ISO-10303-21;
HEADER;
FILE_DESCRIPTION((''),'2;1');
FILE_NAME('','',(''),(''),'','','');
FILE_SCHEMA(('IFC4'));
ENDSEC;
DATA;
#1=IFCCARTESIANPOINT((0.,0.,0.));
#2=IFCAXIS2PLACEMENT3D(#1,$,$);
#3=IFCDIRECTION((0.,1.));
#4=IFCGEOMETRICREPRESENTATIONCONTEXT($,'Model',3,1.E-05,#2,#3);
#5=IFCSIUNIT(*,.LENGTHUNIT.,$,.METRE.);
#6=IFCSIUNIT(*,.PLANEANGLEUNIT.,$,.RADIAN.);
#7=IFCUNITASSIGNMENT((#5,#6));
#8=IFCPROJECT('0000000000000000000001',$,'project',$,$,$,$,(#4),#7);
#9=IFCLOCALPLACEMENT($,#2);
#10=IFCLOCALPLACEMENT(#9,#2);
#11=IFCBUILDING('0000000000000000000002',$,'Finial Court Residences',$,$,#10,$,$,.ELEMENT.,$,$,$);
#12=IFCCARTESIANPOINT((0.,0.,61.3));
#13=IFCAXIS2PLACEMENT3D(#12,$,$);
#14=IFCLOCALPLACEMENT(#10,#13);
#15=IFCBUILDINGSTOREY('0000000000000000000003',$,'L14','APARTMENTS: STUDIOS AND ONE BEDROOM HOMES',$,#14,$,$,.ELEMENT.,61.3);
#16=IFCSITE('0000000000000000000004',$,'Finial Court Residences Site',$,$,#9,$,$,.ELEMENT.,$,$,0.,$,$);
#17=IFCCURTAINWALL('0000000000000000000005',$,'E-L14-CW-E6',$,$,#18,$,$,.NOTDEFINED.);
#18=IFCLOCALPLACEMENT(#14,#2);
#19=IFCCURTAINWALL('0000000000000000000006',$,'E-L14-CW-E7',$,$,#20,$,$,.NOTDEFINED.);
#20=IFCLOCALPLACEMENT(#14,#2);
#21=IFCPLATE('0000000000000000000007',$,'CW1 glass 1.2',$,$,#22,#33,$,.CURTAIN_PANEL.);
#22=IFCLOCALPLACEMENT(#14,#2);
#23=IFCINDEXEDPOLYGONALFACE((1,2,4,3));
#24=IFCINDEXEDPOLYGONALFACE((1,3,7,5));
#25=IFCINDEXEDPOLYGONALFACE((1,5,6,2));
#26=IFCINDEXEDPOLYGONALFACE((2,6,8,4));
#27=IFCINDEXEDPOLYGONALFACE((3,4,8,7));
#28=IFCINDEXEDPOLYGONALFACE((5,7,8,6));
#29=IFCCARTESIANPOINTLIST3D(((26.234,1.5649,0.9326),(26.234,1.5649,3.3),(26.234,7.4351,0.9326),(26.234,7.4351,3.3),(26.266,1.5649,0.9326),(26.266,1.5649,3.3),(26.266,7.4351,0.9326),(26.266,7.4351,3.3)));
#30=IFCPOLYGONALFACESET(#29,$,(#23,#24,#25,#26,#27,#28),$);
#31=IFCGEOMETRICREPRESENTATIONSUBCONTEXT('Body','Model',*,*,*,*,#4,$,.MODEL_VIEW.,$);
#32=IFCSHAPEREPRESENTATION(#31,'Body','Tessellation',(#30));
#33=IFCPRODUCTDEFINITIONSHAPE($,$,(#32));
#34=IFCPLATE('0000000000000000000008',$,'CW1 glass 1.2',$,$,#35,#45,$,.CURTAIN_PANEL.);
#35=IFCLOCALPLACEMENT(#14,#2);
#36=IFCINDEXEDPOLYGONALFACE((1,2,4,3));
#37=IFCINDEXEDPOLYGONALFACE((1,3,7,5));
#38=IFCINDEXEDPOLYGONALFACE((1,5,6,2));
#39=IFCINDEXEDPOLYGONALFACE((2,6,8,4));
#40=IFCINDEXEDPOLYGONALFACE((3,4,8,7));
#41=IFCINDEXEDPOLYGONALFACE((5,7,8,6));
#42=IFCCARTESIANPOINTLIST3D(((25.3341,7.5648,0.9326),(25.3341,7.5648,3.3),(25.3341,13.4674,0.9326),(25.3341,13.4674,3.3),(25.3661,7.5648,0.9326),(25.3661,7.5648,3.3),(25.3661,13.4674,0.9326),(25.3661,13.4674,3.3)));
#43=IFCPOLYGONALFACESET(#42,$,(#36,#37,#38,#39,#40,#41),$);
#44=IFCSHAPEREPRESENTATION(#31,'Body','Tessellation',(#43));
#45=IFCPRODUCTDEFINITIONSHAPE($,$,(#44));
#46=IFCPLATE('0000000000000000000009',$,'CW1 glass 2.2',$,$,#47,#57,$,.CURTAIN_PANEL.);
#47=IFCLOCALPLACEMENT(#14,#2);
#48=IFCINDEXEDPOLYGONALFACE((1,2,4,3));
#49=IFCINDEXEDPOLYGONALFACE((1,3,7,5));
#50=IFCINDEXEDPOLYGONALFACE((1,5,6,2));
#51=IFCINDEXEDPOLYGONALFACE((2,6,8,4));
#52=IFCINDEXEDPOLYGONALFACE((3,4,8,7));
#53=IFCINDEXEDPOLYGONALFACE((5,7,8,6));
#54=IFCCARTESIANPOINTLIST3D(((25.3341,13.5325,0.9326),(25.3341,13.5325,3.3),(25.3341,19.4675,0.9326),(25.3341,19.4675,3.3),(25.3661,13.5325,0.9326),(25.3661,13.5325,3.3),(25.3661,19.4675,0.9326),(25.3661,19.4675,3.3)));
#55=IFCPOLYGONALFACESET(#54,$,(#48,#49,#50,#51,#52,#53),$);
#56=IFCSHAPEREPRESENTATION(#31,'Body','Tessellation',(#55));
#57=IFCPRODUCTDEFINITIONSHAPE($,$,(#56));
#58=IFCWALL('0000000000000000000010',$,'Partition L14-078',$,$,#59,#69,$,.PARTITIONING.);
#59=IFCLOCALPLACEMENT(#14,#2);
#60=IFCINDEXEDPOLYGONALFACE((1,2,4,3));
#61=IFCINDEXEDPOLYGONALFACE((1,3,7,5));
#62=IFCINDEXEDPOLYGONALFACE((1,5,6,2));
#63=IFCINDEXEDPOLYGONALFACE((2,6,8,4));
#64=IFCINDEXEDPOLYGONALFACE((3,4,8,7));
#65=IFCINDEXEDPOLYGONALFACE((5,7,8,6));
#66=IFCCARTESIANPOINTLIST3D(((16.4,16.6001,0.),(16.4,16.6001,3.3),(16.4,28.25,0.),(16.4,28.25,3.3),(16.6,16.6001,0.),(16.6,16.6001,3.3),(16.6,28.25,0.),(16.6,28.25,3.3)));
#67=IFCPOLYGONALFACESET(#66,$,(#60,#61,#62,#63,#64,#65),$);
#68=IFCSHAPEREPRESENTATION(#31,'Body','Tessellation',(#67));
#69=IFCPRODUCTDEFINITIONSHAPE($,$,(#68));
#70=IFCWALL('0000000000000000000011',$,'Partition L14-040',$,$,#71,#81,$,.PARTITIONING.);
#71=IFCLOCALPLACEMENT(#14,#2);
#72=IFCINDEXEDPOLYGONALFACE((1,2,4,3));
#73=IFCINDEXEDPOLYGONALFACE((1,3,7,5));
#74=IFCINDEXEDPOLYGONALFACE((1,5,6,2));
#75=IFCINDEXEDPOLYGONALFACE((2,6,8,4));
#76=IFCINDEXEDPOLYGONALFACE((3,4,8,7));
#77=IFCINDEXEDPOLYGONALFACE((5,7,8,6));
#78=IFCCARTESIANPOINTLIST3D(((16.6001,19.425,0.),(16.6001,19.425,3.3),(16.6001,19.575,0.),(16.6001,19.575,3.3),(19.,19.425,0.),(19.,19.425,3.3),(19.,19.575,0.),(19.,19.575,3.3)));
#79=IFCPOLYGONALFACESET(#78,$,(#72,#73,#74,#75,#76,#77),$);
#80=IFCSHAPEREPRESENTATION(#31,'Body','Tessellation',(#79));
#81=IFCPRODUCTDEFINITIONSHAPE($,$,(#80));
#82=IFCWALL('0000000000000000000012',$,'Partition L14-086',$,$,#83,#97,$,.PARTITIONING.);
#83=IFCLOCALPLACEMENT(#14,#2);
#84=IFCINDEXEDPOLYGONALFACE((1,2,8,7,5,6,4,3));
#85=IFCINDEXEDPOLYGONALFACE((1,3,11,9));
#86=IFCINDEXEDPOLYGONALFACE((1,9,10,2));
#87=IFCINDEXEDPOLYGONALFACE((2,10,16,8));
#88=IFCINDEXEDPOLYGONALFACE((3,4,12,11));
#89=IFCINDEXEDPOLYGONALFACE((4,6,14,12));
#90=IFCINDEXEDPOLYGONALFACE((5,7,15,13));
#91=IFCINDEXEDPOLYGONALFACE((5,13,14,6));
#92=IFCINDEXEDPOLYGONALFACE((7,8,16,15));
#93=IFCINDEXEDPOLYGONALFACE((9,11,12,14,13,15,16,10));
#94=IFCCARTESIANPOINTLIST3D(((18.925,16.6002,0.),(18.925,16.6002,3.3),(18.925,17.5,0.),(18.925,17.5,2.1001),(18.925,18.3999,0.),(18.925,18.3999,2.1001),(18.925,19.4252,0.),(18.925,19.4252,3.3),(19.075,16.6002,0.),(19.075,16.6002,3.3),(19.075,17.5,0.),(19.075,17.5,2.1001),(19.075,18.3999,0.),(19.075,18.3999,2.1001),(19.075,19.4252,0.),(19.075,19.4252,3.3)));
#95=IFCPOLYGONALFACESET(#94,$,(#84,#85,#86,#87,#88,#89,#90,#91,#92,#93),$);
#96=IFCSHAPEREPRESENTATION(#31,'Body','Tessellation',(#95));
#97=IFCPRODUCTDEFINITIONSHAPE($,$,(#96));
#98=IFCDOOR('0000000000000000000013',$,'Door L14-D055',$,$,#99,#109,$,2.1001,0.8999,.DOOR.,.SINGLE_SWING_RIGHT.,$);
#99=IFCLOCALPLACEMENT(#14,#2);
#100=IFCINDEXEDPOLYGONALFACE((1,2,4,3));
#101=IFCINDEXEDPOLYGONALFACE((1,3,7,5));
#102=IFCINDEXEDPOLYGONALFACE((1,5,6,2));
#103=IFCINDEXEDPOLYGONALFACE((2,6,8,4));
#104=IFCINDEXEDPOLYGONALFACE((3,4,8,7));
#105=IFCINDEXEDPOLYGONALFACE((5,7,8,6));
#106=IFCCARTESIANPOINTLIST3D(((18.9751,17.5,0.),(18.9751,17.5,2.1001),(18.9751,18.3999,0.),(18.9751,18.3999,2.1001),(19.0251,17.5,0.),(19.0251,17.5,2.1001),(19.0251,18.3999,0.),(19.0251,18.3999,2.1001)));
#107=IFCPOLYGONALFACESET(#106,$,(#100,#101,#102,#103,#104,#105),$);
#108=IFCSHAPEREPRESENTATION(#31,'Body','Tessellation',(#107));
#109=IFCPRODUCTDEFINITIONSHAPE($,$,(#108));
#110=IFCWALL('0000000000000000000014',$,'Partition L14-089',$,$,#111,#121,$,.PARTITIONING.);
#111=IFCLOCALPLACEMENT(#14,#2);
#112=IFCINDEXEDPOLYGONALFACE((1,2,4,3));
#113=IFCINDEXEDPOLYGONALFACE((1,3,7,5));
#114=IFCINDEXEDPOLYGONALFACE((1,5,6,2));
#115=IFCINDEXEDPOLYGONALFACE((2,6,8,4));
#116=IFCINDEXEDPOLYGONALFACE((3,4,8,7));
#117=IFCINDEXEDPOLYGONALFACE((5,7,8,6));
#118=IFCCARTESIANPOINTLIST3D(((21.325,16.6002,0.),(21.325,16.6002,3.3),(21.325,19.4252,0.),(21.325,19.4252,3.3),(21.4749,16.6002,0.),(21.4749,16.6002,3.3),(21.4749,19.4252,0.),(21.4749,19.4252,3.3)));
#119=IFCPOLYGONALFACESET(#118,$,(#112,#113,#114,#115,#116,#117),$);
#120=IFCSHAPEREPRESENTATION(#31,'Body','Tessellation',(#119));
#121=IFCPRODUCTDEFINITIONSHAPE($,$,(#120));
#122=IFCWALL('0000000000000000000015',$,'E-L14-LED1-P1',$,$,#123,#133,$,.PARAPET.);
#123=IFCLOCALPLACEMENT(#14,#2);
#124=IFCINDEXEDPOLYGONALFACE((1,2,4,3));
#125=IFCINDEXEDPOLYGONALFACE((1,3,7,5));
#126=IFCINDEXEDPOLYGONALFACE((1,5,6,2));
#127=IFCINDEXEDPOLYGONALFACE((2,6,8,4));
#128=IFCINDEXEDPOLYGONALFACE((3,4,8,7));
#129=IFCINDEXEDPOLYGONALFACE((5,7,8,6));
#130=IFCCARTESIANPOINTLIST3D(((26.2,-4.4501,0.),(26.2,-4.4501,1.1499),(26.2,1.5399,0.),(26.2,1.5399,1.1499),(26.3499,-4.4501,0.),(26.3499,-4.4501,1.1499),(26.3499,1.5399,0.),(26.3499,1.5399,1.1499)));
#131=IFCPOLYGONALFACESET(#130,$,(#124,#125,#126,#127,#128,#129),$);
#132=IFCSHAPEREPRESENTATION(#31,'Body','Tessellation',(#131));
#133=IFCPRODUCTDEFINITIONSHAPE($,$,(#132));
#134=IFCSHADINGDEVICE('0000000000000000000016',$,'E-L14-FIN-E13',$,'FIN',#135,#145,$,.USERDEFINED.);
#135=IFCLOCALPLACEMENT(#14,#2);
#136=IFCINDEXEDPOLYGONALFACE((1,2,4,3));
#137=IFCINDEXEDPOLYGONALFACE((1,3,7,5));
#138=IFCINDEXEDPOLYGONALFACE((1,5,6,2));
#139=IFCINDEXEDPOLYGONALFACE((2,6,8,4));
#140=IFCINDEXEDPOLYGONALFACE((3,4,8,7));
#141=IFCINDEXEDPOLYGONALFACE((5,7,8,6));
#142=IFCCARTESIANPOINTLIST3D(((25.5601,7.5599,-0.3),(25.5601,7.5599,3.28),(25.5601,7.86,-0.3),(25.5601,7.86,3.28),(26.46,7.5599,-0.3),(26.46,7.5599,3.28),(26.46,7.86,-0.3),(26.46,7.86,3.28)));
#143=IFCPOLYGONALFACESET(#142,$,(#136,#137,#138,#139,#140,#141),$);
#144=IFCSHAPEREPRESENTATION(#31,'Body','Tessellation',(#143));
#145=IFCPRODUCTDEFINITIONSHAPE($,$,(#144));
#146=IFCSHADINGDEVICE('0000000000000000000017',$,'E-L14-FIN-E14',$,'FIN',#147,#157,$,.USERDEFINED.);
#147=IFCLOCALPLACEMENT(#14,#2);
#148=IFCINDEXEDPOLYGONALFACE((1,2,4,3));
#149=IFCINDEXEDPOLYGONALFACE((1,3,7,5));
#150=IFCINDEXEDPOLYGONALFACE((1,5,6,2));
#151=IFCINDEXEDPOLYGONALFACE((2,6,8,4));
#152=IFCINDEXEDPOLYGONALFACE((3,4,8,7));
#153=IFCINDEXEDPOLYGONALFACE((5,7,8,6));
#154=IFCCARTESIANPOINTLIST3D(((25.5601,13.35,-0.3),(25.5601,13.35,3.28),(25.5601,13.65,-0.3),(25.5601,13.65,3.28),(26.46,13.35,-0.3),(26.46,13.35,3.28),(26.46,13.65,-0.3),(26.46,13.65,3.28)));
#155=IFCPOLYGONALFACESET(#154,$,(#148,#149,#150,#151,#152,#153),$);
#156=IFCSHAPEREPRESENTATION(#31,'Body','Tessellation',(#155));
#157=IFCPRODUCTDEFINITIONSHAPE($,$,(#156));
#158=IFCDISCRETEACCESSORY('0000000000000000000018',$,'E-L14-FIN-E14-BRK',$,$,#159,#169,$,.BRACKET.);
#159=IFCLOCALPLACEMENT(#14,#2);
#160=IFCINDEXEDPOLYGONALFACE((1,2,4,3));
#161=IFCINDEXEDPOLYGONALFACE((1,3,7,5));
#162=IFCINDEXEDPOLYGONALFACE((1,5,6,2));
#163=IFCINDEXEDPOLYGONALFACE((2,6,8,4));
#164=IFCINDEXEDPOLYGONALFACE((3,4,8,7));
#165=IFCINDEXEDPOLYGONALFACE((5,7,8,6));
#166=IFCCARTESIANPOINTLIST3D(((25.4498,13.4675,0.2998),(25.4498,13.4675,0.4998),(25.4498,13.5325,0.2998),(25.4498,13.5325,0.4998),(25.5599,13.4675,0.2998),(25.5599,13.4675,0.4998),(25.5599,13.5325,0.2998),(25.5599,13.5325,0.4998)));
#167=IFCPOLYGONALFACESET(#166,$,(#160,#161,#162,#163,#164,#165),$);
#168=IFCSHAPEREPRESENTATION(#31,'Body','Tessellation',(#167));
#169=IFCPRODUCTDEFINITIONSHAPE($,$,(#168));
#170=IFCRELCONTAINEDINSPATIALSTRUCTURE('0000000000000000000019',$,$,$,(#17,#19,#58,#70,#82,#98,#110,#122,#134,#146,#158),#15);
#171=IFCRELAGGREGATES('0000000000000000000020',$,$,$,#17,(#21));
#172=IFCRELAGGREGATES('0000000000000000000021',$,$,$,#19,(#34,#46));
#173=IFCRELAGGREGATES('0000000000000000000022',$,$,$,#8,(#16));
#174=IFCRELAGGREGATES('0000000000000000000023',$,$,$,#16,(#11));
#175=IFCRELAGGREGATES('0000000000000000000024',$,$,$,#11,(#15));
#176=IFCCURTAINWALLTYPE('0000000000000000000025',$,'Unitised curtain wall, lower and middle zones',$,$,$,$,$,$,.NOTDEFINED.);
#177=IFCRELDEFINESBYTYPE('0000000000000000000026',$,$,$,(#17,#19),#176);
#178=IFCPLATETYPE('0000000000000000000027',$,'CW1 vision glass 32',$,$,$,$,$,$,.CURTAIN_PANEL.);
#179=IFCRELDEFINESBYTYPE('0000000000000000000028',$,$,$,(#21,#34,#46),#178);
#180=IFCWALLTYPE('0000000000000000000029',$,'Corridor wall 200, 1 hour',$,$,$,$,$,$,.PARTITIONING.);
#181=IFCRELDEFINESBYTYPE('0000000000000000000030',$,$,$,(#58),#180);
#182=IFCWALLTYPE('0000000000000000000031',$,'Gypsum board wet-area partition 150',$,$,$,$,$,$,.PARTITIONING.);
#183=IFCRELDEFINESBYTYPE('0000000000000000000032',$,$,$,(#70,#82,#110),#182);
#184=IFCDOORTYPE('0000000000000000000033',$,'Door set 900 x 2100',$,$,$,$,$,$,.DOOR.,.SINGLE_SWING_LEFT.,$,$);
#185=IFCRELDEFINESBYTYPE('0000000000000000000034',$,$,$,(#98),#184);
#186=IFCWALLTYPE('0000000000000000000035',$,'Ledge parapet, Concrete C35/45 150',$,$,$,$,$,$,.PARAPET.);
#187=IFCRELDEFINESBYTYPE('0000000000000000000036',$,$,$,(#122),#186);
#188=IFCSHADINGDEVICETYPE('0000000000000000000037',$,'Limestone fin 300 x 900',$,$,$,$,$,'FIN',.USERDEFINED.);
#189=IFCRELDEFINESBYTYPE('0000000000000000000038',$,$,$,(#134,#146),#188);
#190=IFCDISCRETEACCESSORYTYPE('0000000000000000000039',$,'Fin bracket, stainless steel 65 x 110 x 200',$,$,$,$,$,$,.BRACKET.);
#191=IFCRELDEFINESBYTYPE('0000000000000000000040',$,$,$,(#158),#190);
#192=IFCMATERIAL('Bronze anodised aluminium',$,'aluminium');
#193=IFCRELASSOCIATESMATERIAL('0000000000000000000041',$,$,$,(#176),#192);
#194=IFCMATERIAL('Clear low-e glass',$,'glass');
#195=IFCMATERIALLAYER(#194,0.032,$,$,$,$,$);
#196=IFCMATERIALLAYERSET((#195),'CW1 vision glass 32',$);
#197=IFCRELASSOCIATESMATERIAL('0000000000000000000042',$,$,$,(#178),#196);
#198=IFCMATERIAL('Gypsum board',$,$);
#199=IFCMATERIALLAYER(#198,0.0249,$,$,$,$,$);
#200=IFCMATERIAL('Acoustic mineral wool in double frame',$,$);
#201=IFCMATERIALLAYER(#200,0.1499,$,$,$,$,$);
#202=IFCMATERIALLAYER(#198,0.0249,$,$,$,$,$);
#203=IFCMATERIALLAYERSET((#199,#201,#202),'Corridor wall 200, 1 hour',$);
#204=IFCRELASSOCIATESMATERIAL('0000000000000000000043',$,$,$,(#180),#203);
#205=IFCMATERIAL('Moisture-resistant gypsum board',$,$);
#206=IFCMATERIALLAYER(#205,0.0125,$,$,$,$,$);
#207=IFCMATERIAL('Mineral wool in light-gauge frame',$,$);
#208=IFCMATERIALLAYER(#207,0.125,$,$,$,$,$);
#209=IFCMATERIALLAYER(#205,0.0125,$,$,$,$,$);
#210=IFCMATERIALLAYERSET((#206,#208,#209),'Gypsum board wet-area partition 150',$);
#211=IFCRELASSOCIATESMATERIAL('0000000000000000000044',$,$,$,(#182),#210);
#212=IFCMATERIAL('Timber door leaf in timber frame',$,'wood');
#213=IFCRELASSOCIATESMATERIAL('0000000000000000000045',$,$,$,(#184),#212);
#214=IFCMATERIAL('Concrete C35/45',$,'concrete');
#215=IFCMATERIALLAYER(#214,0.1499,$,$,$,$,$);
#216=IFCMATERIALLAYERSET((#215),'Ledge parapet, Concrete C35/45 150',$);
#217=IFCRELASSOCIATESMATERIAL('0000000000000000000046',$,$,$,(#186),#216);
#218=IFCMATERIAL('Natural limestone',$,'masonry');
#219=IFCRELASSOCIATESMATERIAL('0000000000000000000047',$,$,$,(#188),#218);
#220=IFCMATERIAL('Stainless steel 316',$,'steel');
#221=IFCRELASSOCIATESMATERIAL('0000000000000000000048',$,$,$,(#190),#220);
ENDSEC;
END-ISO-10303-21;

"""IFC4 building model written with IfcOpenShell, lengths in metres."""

from ifc_helpers import new_model, si_unit, direction, frame, frame_2d, origin, origin_2d, place, context, subcontext, project, spatial, rectangle, extrude, material, layer, layer_set, type_object, element, fill, aggregate, save


model = new_model("IFC4")

# Units and contexts
model_context = context("Model", 3, precision=1e-05, world=origin(), true_north=direction((0.0, 1.0)))
body_context = subcontext(model_context, "Body", "Model", "MODEL_VIEW")
ifc_project = project(units=[si_unit("LENGTHUNIT", "METRE"), si_unit("PLANEANGLEUNIT", "RADIAN")], contexts=[model_context])

# Site, building, storey
site_placement = place(None, origin())
site = spatial("IfcSite", under=ifc_project, at=site_placement, Name="Finial Court Residences Site", CompositionType="ELEMENT", RefElevation=0.0)
building_placement = place(site_placement, origin())
building = spatial("IfcBuilding", under=site, at=building_placement, Name="Finial Court Residences", CompositionType="ELEMENT")
storey_placement = place(building_placement, frame((0.0, 0.0, 61.3)))
storey = spatial("IfcBuildingStorey", under=building, at=storey_placement, Name="L14", Description="APARTMENTS: STUDIOS AND ONE BEDROOM HOMES", CompositionType="ELEMENT", Elevation=61.3)

# Curtain walls
ifc_material_1 = material(Name="Bronze anodised aluminium", Category="aluminium")
curtain_wall_type = type_object("IfcCurtainWallType", Name="Unitised curtain wall, lower and middle zones", PredefinedType="NOTDEFINED", material=ifc_material_1)
curtain_wall_1_placement = place(storey_placement, origin())
curtain_wall_1 = element("IfcCurtainWall", 1, at=curtain_wall_1_placement, inside=storey, type_object=curtain_wall_type, Name="E-L14-CW-E6", PredefinedType="NOTDEFINED")
curtain_wall_2_placement = place(storey_placement, origin())
curtain_wall_2 = element("IfcCurtainWall", 2, at=curtain_wall_2_placement, inside=storey, type_object=curtain_wall_type, Name="E-L14-CW-E7", PredefinedType="NOTDEFINED")

# Plates
ifc_material_2 = material(Name="Clear low-e glass", Category="glass")
ifc_layer_1 = layer(ifc_material_2, 0.032)
ifc_layer_set_1 = layer_set([ifc_layer_1], Name="CW1 vision glass 32")
plate_type_1 = type_object("IfcPlateType", Name="CW1 vision glass 32", PredefinedType="CURTAIN_PANEL", material=ifc_layer_set_1)
plate_1_placement = place(storey_placement, frame((26.25, 4.5, 0.9326), z_axis=(0.0, 0.0, 1.0), x_axis=(0.0, 1.0, 0.0)))
plate_1 = element("IfcPlate", 3, at=plate_1_placement, type_object=plate_type_1, Name="CW1 glass 1.2", PredefinedType="CURTAIN_PANEL", context=body_context, shape_type="SweptSolid", body=[
    extrude(rectangle(XDim=5.8701, YDim=0.032, at=origin_2d()), origin(), (0.0, 0.0, 1.0), 2.3674),
])
aggregate(curtain_wall_1, [plate_1])
plate_2_placement = place(storey_placement, frame((25.3501, 10.5161, 0.9326), z_axis=(0.0, 0.0, 1.0), x_axis=(0.0, 1.0, 0.0)))
plate_2 = element("IfcPlate", 4, at=plate_2_placement, type_object=plate_type_1, Name="CW1 glass 1.2", PredefinedType="CURTAIN_PANEL", context=body_context, shape_type="SweptSolid", body=[
    extrude(rectangle(XDim=5.9026, YDim=0.032, at=origin_2d()), origin(), (0.0, 0.0, 1.0), 2.3674),
])
plate_3_placement = place(storey_placement, frame((25.3501, 16.5, 0.9326), z_axis=(0.0, 0.0, 1.0), x_axis=(0.0, 1.0, 0.0)))
plate_3 = element("IfcPlate", 5, at=plate_3_placement, type_object=plate_type_1, Name="CW1 glass 2.2", PredefinedType="CURTAIN_PANEL", context=body_context, shape_type="SweptSolid", body=[
    extrude(rectangle(XDim=5.9351, YDim=0.032, at=origin_2d()), origin(), (0.0, 0.0, 1.0), 2.3674),
])
aggregate(curtain_wall_2, [plate_2, plate_3])

# Walls
ifc_material_3 = material(Name="Gypsum board")
ifc_layer_2 = layer(ifc_material_3, 0.0249)
ifc_material_4 = material(Name="Acoustic mineral wool in double frame")
ifc_layer_3 = layer(ifc_material_4, 0.1499)
ifc_layer_4 = layer(ifc_material_3, 0.0249)
ifc_layer_set_2 = layer_set([ifc_layer_2, ifc_layer_3, ifc_layer_4], Name="Corridor wall 200, 1 hour")
wall_type_1 = type_object("IfcWallType", Name="Corridor wall 200, 1 hour", PredefinedType="PARTITIONING", material=ifc_layer_set_2)
wall_1_placement = place(storey_placement, frame((16.5, 16.6001, 0.0), z_axis=(0.0, 0.0, 1.0), x_axis=(0.0, 1.0, 0.0)))
element("IfcWall", 6, at=wall_1_placement, inside=storey, type_object=wall_type_1, Name="Partition L14-078", PredefinedType="PARTITIONING", context=body_context, shape_type="SweptSolid", body=[
    extrude(rectangle(XDim=11.6499, YDim=0.2, at=frame_2d((5.825, 0.0))), origin(), (0.0, 0.0, 1.0), 3.3),
])
ifc_material_5 = material(Name="Moisture-resistant gypsum board")
ifc_layer_5 = layer(ifc_material_5, 0.0125)
ifc_material_6 = material(Name="Mineral wool in light-gauge frame")
ifc_layer_6 = layer(ifc_material_6, 0.125)
ifc_layer_7 = layer(ifc_material_5, 0.0125)
ifc_layer_set_3 = layer_set([ifc_layer_5, ifc_layer_6, ifc_layer_7], Name="Gypsum board wet-area partition 150")
wall_type_2 = type_object("IfcWallType", Name="Gypsum board wet-area partition 150", PredefinedType="PARTITIONING", material=ifc_layer_set_3)
wall_2_placement = place(storey_placement, frame((16.6001, 19.5, 0.0), z_axis=(0.0, 0.0, 1.0), x_axis=(1.0, 0.0, 0.0)))
element("IfcWall", 7, at=wall_2_placement, inside=storey, type_object=wall_type_2, Name="Partition L14-040", PredefinedType="PARTITIONING", context=body_context, shape_type="SweptSolid", body=[
    extrude(rectangle(XDim=2.3999, YDim=0.1499, at=frame_2d((1.2, 0.0))), origin(), (0.0, 0.0, 1.0), 3.3),
])

# Wall, opening, door
wall_3_placement = place(storey_placement, frame((19.0, 16.6001, 0.0), z_axis=(0.0, 0.0, 1.0), x_axis=(0.0, 1.0, 0.0)))
wall_3 = element("IfcWall", 8, at=wall_3_placement, inside=storey, type_object=wall_type_2, Name="Partition L14-086", PredefinedType="PARTITIONING", context=body_context, shape_type="SweptSolid", body=[
    extrude(rectangle(XDim=2.825, YDim=0.1499, at=frame_2d((1.4126, 0.0))), origin(), (0.0, 0.0, 1.0), 3.3),
])
opening_placement = place(wall_3_placement, frame((0.8999, 0.0, 0.0)))
opening = element("IfcOpeningElement", 9, at=opening_placement, cuts=wall_3, PredefinedType="OPENING", context=body_context, shape_type="SweptSolid", body=[
    extrude(rectangle(XDim=0.8999, YDim=2.1001, at=frame_2d((0.45, 1.05))), frame((0.0, 0.085, 0.0), z_axis=(0.0, -1.0, 0.0), x_axis=(1.0, 0.0, 0.0)), (0.0, 0.0, 1.0), 0.1699),
])
ifc_material_7 = material(Name="Timber door leaf in timber frame", Category="wood")
door_type = type_object("IfcDoorType", Name="Door set 900 x 2100", OperationType="SINGLE_SWING_LEFT", PredefinedType="DOOR", material=ifc_material_7)
door_placement = place(opening_placement, origin())
door = element("IfcDoor", 10, at=door_placement, inside=storey, type_object=door_type, Name="Door L14-D055", OperationType="SINGLE_SWING_RIGHT", OverallHeight=2.1001, OverallWidth=0.8999, PredefinedType="DOOR", context=body_context, shape_type="SweptSolid", body=[
    extrude(rectangle(XDim=0.8999, YDim=2.1001, at=frame_2d((0.45, 1.05))), frame((0.0, 0.0249, 0.0), z_axis=(0.0, -1.0, 0.0), x_axis=(1.0, 0.0, 0.0)), (0.0, 0.0, 1.0), 0.05),
])
fill(opening, door)

# Walls
wall_4_placement = place(storey_placement, frame((21.3999, 16.6001, 0.0), z_axis=(0.0, 0.0, 1.0), x_axis=(0.0, 1.0, 0.0)))
element("IfcWall", 11, at=wall_4_placement, inside=storey, type_object=wall_type_2, Name="Partition L14-089", PredefinedType="PARTITIONING", context=body_context, shape_type="SweptSolid", body=[
    extrude(rectangle(XDim=2.825, YDim=0.1499, at=frame_2d((1.4126, 0.0))), origin(), (0.0, 0.0, 1.0), 3.3),
])
ifc_material_8 = material(Name="Concrete C35/45", Category="concrete")
ifc_layer_8 = layer(ifc_material_8, 0.1499)
ifc_layer_set_4 = layer_set([ifc_layer_8], Name="Ledge parapet, Concrete C35/45 150")
wall_type_3 = type_object("IfcWallType", Name="Ledge parapet, Concrete C35/45 150", PredefinedType="PARAPET", material=ifc_layer_set_4)
wall_5_placement = place(storey_placement, frame((26.2749, 1.54, 0.0), z_axis=(0.0, 0.0, 1.0), x_axis=(0.0, -1.0, 0.0)))
element("IfcWall", 12, at=wall_5_placement, inside=storey, type_object=wall_type_3, Name="E-L14-LED1-P1", PredefinedType="PARAPET", context=body_context, shape_type="SweptSolid", body=[
    extrude(rectangle(XDim=5.99, YDim=0.1499, at=frame_2d((2.9951, 0.0))), origin(), (0.0, 0.0, 1.0), 1.1499),
])

# Shading devices
ifc_material_9 = material(Name="Natural limestone", Category="masonry")
shading_device_type = type_object("IfcShadingDeviceType", Name="Limestone fin 300 x 900", ElementType="FIN", PredefinedType="USERDEFINED", material=ifc_material_9)
for number, where, z_axis, x_axis, name in (
    (13, (26.01, 7.71, -0.3), (0.0, 0.0, 1.0), (1.0, 0.0, 0.0), "E-L14-FIN-E13"),
    (14, (26.01, 13.5, -0.3), (0.0, 0.0, 1.0), (1.0, 0.0, 0.0), "E-L14-FIN-E14"),
):
    element("IfcShadingDevice", number, at=place(storey_placement, frame(where, z_axis=z_axis, x_axis=x_axis)), inside=storey, type_object=shading_device_type, Name=name, ObjectType="FIN", PredefinedType="USERDEFINED", context=body_context, shape_type="SweptSolid", body=[
        extrude(rectangle(XDim=0.8999, YDim=0.3, at=origin_2d()), origin(), (0.0, 0.0, 1.0), 3.5801),
    ])

# Discrete accessory
ifc_material_10 = material(Name="Stainless steel 316", Category="steel")
discrete_accessory_type = type_object("IfcDiscreteAccessoryType", Name="Fin bracket, stainless steel 65 x 110 x 200", PredefinedType="BRACKET", material=ifc_material_10)
discrete_accessory_placement = place(storey_placement, frame((25.5049, 13.5, 0.2998), z_axis=(0.0, 0.0, 1.0), x_axis=(1.0, 0.0, 0.0)))
element("IfcDiscreteAccessory", 15, at=discrete_accessory_placement, inside=storey, type_object=discrete_accessory_type, Name="E-L14-FIN-E14-BRK", PredefinedType="BRACKET", context=body_context, shape_type="SweptSolid", body=[
    extrude(rectangle(XDim=0.1101, YDim=0.0649, at=origin_2d()), origin(), (0.0, 0.0, 1.0), 0.2),
])

save(model, "model.ifc")
